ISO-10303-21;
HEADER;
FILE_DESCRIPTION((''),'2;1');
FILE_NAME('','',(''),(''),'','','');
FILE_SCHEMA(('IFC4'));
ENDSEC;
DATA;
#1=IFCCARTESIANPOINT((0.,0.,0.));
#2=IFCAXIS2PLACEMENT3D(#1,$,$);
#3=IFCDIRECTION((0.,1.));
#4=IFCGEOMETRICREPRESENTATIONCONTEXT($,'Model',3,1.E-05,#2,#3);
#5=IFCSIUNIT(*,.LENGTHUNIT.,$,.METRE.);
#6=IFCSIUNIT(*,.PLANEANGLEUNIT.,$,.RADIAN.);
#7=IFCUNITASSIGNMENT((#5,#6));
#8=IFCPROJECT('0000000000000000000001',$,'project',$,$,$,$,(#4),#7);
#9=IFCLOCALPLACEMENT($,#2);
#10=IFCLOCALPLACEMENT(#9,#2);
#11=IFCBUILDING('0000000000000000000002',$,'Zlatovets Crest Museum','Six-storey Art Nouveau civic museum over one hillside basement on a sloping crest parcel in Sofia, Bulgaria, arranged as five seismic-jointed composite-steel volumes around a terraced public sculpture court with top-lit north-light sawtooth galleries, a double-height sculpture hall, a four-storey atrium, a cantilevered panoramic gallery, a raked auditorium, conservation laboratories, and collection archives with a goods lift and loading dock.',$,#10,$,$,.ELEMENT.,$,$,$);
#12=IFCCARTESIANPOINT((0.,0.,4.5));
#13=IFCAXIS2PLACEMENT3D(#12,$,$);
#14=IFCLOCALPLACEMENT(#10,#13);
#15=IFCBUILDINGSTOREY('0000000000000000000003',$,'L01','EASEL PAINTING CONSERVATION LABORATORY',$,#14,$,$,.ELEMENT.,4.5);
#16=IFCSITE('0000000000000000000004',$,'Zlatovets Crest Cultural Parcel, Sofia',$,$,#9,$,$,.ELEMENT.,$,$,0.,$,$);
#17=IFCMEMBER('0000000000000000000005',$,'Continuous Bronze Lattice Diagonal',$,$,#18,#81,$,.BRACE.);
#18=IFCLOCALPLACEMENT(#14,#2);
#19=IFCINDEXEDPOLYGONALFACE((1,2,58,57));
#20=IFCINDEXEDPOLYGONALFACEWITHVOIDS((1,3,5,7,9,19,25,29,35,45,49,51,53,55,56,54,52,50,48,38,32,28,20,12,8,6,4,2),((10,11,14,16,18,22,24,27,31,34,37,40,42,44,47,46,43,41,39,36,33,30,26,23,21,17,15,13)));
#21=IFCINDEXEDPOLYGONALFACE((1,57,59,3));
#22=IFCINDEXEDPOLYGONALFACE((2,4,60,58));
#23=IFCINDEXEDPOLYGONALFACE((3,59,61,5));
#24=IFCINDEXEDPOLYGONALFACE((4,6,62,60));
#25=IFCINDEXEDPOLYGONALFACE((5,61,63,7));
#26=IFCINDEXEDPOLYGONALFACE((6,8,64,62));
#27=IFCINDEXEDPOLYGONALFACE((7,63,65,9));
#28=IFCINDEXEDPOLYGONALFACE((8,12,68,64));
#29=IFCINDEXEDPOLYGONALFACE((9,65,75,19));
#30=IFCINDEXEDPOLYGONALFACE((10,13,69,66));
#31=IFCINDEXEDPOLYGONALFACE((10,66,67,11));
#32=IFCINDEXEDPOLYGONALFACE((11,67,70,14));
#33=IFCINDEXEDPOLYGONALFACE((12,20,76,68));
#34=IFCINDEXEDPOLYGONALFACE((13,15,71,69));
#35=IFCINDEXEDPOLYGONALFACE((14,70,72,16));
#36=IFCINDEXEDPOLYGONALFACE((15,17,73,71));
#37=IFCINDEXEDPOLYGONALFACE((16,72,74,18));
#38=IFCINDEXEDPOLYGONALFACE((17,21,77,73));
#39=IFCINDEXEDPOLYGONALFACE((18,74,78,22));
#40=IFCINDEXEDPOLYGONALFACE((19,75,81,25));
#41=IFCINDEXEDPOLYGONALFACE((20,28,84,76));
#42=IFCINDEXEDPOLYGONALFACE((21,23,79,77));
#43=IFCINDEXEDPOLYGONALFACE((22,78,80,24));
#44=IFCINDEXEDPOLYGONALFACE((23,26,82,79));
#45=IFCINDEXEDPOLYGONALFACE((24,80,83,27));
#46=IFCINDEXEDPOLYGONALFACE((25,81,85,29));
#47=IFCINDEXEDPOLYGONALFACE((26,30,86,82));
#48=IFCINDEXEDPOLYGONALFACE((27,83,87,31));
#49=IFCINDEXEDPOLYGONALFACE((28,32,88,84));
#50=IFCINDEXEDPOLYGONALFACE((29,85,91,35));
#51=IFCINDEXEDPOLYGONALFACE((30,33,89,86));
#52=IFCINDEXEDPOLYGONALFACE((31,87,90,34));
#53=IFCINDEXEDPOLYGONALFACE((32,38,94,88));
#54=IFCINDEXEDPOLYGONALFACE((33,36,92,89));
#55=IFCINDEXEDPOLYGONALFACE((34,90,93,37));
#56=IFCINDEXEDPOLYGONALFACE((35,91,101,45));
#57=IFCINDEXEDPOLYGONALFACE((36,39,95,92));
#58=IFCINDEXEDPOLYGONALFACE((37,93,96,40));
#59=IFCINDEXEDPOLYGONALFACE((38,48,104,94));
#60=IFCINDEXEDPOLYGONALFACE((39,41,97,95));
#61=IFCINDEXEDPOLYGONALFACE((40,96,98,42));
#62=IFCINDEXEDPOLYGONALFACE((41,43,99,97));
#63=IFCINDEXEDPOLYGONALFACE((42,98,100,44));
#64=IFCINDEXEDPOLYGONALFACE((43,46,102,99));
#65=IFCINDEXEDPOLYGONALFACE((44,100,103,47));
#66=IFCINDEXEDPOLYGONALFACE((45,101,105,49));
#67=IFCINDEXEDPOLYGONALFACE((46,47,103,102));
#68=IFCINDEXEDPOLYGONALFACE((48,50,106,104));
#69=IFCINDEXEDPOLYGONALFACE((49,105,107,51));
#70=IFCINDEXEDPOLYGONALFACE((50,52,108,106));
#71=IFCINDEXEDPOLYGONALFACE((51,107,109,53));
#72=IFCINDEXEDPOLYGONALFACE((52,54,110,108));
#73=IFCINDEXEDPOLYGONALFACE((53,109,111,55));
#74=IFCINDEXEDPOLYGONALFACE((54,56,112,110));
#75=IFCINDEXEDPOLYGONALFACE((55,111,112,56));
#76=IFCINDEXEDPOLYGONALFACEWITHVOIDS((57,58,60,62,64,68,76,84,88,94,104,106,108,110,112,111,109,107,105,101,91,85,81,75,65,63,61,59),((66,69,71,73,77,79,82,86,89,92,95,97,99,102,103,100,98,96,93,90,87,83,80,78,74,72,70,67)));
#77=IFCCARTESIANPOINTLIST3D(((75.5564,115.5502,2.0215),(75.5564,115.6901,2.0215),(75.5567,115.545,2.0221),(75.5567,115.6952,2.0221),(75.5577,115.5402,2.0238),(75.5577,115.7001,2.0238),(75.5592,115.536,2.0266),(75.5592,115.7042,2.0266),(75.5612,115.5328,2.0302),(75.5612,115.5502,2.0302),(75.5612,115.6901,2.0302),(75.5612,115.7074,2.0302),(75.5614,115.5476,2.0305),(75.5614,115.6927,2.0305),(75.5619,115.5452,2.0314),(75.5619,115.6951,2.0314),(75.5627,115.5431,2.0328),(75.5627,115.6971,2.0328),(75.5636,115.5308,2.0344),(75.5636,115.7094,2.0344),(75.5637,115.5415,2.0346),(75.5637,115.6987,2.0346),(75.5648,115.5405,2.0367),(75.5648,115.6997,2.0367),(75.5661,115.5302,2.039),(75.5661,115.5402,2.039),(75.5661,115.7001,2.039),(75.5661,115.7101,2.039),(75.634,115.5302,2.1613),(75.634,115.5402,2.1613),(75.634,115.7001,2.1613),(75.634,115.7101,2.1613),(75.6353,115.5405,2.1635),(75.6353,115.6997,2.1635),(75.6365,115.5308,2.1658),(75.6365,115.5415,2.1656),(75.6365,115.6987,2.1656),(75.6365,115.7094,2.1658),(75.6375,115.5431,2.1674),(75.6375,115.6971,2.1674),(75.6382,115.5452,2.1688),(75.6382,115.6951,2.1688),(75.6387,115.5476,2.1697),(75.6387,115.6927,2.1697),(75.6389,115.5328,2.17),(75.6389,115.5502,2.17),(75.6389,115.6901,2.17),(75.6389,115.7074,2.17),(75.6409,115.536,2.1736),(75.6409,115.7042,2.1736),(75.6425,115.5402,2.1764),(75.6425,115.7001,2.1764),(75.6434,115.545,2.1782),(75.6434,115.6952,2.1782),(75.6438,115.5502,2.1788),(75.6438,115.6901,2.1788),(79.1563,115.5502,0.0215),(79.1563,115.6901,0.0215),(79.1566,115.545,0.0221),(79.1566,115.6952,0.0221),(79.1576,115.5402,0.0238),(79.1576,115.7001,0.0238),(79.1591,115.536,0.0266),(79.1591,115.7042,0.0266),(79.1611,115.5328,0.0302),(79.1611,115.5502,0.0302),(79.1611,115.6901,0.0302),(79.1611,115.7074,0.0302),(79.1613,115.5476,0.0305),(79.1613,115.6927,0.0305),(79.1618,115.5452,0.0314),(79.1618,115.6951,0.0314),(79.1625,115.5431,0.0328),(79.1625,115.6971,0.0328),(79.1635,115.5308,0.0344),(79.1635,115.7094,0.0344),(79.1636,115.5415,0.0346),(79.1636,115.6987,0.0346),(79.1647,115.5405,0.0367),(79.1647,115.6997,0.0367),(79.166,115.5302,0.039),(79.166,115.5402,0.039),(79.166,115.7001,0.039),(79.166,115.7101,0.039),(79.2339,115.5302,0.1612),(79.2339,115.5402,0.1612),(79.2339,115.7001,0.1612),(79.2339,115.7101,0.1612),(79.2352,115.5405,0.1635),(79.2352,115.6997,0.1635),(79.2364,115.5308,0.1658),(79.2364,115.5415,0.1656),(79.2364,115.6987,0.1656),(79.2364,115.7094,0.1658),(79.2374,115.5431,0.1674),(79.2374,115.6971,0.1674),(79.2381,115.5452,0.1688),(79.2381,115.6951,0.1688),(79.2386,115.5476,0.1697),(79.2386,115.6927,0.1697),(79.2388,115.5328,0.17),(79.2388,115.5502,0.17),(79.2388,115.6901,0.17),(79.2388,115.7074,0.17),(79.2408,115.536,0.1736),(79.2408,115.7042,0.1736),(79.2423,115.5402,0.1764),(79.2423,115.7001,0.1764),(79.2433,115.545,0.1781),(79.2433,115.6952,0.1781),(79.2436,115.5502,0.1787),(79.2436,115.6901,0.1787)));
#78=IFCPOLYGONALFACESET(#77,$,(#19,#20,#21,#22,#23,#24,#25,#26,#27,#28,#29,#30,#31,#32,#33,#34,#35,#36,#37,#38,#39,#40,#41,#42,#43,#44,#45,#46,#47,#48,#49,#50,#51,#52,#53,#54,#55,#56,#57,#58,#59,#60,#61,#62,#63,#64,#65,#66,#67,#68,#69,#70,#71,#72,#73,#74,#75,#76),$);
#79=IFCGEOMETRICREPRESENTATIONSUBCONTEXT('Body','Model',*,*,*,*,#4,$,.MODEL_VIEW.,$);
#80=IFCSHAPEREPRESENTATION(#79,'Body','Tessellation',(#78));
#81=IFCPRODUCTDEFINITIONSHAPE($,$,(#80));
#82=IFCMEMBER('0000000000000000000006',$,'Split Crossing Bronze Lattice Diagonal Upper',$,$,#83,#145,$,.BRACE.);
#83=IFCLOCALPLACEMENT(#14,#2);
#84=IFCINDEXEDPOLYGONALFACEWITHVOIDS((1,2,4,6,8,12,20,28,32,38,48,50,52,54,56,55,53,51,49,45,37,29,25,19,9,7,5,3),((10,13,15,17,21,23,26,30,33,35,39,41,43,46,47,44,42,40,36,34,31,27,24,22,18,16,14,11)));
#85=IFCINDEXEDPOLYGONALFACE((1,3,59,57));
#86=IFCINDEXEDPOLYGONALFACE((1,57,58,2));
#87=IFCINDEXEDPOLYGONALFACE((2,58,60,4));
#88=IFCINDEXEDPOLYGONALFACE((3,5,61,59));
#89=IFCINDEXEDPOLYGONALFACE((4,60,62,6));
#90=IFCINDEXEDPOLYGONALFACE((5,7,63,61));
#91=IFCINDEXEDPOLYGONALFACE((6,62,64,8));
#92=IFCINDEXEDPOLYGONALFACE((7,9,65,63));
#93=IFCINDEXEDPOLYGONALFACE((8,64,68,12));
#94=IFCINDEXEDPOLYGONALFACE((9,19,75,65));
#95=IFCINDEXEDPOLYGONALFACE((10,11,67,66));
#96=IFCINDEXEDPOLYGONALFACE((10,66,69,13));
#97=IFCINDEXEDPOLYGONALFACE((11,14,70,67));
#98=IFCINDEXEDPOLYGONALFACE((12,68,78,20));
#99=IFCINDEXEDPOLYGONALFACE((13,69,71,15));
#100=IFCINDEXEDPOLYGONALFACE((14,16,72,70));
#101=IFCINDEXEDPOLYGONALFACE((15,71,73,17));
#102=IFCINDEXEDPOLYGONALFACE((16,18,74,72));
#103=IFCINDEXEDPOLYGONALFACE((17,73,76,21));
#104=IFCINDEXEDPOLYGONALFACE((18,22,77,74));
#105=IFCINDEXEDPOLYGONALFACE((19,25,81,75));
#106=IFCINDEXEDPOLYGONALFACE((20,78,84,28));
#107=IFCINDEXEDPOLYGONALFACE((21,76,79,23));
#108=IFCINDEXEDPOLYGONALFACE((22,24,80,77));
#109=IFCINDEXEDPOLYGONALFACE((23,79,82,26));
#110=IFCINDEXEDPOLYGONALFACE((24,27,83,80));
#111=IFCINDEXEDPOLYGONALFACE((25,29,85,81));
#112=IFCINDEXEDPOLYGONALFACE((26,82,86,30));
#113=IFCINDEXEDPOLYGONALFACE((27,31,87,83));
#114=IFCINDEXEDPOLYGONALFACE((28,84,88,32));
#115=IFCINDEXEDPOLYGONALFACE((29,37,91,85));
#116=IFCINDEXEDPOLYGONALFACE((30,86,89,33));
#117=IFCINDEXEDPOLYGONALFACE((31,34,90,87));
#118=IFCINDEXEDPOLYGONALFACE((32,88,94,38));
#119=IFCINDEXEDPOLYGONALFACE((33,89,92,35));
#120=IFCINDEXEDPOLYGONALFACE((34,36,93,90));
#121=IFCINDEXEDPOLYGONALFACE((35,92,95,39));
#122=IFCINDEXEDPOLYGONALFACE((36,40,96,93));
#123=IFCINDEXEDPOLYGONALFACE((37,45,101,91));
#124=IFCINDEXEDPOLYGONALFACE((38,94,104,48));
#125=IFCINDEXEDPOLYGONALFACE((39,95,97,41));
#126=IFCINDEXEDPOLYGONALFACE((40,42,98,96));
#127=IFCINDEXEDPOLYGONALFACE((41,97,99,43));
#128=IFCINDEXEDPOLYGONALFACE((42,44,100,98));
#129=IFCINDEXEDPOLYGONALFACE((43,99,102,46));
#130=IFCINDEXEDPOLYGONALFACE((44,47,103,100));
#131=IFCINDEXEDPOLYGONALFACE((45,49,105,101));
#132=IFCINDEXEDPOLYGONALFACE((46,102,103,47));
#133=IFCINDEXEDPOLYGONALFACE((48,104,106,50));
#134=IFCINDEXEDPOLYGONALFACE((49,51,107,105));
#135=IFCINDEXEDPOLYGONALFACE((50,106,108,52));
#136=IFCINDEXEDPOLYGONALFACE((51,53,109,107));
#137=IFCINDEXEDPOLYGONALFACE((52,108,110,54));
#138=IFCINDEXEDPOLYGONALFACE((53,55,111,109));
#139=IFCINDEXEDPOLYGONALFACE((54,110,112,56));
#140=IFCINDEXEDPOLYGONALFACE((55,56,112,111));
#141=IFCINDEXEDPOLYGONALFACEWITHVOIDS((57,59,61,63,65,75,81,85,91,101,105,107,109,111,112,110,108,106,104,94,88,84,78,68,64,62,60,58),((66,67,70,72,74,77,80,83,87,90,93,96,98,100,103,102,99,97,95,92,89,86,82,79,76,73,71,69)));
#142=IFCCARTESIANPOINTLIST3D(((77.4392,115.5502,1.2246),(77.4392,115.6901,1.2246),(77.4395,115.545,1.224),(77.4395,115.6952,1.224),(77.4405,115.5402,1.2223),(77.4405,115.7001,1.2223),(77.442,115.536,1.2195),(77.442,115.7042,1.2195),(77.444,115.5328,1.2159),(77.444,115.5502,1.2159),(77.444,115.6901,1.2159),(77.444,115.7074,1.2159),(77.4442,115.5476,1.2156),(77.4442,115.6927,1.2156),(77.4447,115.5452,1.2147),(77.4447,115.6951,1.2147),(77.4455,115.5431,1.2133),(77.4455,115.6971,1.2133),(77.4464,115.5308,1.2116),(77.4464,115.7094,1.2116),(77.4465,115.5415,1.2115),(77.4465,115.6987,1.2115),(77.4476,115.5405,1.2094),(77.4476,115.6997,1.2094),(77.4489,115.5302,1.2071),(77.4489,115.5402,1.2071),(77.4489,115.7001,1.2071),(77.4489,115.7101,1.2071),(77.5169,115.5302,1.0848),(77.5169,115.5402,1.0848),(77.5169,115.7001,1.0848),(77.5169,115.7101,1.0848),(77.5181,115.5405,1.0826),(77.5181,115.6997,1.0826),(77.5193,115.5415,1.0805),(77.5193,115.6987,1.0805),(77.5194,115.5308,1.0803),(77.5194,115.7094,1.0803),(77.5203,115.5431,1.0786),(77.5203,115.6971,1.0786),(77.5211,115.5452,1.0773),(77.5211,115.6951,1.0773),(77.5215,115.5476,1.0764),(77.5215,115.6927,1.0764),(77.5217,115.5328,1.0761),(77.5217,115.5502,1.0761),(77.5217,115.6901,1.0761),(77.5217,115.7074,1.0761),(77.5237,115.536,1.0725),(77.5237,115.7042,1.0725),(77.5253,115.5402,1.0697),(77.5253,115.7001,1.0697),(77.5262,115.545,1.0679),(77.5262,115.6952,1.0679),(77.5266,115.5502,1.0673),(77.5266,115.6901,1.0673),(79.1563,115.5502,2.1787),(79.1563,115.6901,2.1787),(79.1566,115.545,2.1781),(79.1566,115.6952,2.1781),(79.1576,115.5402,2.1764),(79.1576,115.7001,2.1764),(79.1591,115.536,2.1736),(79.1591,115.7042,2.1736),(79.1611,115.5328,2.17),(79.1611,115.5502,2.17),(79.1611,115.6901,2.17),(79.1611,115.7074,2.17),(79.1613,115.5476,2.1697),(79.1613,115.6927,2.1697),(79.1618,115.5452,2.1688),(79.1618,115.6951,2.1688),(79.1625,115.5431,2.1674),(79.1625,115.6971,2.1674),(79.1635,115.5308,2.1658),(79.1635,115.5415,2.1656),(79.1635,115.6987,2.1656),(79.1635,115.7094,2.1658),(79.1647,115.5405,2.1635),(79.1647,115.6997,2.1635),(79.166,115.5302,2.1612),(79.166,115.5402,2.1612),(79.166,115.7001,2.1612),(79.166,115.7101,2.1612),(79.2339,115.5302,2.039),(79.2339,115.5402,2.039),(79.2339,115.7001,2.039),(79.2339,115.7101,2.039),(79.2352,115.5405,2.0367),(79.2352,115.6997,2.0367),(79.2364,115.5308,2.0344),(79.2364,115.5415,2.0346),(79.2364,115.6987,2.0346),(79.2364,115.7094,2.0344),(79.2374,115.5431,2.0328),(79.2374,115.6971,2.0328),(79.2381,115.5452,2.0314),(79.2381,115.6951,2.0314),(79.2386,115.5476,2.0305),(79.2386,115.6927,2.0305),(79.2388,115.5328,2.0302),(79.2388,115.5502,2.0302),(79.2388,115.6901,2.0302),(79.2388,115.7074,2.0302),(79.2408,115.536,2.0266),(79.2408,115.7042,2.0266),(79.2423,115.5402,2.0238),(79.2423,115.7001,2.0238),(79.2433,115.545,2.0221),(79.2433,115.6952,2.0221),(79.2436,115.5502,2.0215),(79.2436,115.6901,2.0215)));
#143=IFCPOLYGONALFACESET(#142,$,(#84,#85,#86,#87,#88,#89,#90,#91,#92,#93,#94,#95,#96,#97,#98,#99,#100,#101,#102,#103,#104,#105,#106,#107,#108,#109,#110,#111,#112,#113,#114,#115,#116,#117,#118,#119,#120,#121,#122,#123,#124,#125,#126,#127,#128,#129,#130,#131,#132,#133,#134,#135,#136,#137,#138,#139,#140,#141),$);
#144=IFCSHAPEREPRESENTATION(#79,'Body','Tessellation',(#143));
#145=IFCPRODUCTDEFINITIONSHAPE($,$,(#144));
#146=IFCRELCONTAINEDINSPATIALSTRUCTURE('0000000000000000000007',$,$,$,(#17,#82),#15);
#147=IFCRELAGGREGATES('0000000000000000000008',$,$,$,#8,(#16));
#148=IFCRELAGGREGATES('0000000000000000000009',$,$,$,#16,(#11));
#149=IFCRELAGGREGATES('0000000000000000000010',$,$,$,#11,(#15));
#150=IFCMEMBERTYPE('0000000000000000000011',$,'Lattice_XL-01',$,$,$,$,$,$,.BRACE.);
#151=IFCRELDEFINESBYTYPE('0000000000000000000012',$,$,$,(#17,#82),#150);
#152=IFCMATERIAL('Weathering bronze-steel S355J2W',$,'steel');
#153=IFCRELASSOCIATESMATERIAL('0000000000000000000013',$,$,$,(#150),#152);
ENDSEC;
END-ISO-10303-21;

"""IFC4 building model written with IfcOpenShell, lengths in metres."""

from ifc_helpers import new_model, si_unit, direction, frame, origin, origin_2d, place, context, subcontext, project, spatial, hollow_rectangle, extrude, material, material_profile, profile_set, type_object, element, save


model = new_model("IFC4")

# Units and contexts
model_context = context("Model", 3, precision=1e-05, world=origin(), true_north=direction((0.0, 1.0)))
body_context = subcontext(model_context, "Body", "Model", "MODEL_VIEW")
ifc_project = project(units=[si_unit("LENGTHUNIT", "METRE"), si_unit("PLANEANGLEUNIT", "RADIAN")], contexts=[model_context])

# Site, building, storey
site_placement = place(None, origin())
site = spatial("IfcSite", under=ifc_project, at=site_placement, Name="Zlatovets Crest Cultural Parcel, Sofia", CompositionType="ELEMENT", RefElevation=0.0)
building_placement = place(site_placement, origin())
building = spatial("IfcBuilding", under=site, at=building_placement, Name="Zlatovets Crest Museum", Description="Six-storey Art Nouveau civic museum over one hillside basement on a sloping crest parcel in Sofia, Bulgaria, arranged as five seismic-jointed composite-steel volumes around a terraced public sculpture court with top-lit north-light sawtooth galleries, a double-height sculpture hall, a four-storey atrium, a cantilevered panoramic gallery, a raked auditorium, conservation laboratories, and collection archives with a goods lift and loading dock.", CompositionType="ELEMENT")
storey_placement = place(building_placement, frame((0.0, 0.0, 4.5)))
storey = spatial("IfcBuildingStorey", under=building, at=storey_placement, Name="L01", Description="EASEL PAINTING CONSERVATION LABORATORY", CompositionType="ELEMENT", Elevation=4.5)

# Members
ifc_material_1 = material(Name="Weathering bronze-steel S355J2W", Category="steel")
ifc_material_profile_1 = material_profile(ifc_material_1, hollow_rectangle(XDim=0.1799, YDim=0.1799, WallThickness=0.01, InnerFilletRadius=0.01, OuterFilletRadius=0.02, at=origin_2d()), Name="SHS 180x180x10.0")
ifc_profile_set_1 = profile_set([ifc_material_profile_1], Name="Weathering bronze-steel S355J2W")
member_type_1 = type_object("IfcMemberType", Name="Lattice_XL-01", PredefinedType="BRACE", material=ifc_profile_set_1)
member_1_placement = place(storey_placement, frame((79.2, 115.6201, 0.1001), z_axis=(-0.874149, 0.0, 0.485658), x_axis=(0.0, -1.0, 0.0)))
element("IfcMember", 1, at=member_1_placement, inside=storey, type_object=member_type_1, Name="Continuous Bronze Lattice Diagonal", PredefinedType="BRACE", context=body_context, shape_type="SweptSolid", body=[
    extrude(hollow_rectangle(XDim=0.1799, YDim=0.1799, WallThickness=0.01, InnerFilletRadius=0.01, OuterFilletRadius=0.02, at=origin_2d()), origin(), (0.0, 0.0, 1.0), 4.1182),
])
member_2_placement = place(storey_placement, frame((79.2, 115.6201, 2.1001), z_axis=(-0.874116, 0.0, -0.485717), x_axis=(0.0, -1.0, 0.0)))
element("IfcMember", 2, at=member_2_placement, inside=storey, type_object=member_type_1, Name="Split Crossing Bronze Lattice Diagonal Upper", PredefinedType="BRACE", context=body_context, shape_type="SweptSolid", body=[
    extrude(hollow_rectangle(XDim=0.1799, YDim=0.1799, WallThickness=0.01, InnerFilletRadius=0.01, OuterFilletRadius=0.02, at=origin_2d()), origin(), (0.0, 0.0, 1.0), 1.9644),
])

save(model, "model.ifc")
